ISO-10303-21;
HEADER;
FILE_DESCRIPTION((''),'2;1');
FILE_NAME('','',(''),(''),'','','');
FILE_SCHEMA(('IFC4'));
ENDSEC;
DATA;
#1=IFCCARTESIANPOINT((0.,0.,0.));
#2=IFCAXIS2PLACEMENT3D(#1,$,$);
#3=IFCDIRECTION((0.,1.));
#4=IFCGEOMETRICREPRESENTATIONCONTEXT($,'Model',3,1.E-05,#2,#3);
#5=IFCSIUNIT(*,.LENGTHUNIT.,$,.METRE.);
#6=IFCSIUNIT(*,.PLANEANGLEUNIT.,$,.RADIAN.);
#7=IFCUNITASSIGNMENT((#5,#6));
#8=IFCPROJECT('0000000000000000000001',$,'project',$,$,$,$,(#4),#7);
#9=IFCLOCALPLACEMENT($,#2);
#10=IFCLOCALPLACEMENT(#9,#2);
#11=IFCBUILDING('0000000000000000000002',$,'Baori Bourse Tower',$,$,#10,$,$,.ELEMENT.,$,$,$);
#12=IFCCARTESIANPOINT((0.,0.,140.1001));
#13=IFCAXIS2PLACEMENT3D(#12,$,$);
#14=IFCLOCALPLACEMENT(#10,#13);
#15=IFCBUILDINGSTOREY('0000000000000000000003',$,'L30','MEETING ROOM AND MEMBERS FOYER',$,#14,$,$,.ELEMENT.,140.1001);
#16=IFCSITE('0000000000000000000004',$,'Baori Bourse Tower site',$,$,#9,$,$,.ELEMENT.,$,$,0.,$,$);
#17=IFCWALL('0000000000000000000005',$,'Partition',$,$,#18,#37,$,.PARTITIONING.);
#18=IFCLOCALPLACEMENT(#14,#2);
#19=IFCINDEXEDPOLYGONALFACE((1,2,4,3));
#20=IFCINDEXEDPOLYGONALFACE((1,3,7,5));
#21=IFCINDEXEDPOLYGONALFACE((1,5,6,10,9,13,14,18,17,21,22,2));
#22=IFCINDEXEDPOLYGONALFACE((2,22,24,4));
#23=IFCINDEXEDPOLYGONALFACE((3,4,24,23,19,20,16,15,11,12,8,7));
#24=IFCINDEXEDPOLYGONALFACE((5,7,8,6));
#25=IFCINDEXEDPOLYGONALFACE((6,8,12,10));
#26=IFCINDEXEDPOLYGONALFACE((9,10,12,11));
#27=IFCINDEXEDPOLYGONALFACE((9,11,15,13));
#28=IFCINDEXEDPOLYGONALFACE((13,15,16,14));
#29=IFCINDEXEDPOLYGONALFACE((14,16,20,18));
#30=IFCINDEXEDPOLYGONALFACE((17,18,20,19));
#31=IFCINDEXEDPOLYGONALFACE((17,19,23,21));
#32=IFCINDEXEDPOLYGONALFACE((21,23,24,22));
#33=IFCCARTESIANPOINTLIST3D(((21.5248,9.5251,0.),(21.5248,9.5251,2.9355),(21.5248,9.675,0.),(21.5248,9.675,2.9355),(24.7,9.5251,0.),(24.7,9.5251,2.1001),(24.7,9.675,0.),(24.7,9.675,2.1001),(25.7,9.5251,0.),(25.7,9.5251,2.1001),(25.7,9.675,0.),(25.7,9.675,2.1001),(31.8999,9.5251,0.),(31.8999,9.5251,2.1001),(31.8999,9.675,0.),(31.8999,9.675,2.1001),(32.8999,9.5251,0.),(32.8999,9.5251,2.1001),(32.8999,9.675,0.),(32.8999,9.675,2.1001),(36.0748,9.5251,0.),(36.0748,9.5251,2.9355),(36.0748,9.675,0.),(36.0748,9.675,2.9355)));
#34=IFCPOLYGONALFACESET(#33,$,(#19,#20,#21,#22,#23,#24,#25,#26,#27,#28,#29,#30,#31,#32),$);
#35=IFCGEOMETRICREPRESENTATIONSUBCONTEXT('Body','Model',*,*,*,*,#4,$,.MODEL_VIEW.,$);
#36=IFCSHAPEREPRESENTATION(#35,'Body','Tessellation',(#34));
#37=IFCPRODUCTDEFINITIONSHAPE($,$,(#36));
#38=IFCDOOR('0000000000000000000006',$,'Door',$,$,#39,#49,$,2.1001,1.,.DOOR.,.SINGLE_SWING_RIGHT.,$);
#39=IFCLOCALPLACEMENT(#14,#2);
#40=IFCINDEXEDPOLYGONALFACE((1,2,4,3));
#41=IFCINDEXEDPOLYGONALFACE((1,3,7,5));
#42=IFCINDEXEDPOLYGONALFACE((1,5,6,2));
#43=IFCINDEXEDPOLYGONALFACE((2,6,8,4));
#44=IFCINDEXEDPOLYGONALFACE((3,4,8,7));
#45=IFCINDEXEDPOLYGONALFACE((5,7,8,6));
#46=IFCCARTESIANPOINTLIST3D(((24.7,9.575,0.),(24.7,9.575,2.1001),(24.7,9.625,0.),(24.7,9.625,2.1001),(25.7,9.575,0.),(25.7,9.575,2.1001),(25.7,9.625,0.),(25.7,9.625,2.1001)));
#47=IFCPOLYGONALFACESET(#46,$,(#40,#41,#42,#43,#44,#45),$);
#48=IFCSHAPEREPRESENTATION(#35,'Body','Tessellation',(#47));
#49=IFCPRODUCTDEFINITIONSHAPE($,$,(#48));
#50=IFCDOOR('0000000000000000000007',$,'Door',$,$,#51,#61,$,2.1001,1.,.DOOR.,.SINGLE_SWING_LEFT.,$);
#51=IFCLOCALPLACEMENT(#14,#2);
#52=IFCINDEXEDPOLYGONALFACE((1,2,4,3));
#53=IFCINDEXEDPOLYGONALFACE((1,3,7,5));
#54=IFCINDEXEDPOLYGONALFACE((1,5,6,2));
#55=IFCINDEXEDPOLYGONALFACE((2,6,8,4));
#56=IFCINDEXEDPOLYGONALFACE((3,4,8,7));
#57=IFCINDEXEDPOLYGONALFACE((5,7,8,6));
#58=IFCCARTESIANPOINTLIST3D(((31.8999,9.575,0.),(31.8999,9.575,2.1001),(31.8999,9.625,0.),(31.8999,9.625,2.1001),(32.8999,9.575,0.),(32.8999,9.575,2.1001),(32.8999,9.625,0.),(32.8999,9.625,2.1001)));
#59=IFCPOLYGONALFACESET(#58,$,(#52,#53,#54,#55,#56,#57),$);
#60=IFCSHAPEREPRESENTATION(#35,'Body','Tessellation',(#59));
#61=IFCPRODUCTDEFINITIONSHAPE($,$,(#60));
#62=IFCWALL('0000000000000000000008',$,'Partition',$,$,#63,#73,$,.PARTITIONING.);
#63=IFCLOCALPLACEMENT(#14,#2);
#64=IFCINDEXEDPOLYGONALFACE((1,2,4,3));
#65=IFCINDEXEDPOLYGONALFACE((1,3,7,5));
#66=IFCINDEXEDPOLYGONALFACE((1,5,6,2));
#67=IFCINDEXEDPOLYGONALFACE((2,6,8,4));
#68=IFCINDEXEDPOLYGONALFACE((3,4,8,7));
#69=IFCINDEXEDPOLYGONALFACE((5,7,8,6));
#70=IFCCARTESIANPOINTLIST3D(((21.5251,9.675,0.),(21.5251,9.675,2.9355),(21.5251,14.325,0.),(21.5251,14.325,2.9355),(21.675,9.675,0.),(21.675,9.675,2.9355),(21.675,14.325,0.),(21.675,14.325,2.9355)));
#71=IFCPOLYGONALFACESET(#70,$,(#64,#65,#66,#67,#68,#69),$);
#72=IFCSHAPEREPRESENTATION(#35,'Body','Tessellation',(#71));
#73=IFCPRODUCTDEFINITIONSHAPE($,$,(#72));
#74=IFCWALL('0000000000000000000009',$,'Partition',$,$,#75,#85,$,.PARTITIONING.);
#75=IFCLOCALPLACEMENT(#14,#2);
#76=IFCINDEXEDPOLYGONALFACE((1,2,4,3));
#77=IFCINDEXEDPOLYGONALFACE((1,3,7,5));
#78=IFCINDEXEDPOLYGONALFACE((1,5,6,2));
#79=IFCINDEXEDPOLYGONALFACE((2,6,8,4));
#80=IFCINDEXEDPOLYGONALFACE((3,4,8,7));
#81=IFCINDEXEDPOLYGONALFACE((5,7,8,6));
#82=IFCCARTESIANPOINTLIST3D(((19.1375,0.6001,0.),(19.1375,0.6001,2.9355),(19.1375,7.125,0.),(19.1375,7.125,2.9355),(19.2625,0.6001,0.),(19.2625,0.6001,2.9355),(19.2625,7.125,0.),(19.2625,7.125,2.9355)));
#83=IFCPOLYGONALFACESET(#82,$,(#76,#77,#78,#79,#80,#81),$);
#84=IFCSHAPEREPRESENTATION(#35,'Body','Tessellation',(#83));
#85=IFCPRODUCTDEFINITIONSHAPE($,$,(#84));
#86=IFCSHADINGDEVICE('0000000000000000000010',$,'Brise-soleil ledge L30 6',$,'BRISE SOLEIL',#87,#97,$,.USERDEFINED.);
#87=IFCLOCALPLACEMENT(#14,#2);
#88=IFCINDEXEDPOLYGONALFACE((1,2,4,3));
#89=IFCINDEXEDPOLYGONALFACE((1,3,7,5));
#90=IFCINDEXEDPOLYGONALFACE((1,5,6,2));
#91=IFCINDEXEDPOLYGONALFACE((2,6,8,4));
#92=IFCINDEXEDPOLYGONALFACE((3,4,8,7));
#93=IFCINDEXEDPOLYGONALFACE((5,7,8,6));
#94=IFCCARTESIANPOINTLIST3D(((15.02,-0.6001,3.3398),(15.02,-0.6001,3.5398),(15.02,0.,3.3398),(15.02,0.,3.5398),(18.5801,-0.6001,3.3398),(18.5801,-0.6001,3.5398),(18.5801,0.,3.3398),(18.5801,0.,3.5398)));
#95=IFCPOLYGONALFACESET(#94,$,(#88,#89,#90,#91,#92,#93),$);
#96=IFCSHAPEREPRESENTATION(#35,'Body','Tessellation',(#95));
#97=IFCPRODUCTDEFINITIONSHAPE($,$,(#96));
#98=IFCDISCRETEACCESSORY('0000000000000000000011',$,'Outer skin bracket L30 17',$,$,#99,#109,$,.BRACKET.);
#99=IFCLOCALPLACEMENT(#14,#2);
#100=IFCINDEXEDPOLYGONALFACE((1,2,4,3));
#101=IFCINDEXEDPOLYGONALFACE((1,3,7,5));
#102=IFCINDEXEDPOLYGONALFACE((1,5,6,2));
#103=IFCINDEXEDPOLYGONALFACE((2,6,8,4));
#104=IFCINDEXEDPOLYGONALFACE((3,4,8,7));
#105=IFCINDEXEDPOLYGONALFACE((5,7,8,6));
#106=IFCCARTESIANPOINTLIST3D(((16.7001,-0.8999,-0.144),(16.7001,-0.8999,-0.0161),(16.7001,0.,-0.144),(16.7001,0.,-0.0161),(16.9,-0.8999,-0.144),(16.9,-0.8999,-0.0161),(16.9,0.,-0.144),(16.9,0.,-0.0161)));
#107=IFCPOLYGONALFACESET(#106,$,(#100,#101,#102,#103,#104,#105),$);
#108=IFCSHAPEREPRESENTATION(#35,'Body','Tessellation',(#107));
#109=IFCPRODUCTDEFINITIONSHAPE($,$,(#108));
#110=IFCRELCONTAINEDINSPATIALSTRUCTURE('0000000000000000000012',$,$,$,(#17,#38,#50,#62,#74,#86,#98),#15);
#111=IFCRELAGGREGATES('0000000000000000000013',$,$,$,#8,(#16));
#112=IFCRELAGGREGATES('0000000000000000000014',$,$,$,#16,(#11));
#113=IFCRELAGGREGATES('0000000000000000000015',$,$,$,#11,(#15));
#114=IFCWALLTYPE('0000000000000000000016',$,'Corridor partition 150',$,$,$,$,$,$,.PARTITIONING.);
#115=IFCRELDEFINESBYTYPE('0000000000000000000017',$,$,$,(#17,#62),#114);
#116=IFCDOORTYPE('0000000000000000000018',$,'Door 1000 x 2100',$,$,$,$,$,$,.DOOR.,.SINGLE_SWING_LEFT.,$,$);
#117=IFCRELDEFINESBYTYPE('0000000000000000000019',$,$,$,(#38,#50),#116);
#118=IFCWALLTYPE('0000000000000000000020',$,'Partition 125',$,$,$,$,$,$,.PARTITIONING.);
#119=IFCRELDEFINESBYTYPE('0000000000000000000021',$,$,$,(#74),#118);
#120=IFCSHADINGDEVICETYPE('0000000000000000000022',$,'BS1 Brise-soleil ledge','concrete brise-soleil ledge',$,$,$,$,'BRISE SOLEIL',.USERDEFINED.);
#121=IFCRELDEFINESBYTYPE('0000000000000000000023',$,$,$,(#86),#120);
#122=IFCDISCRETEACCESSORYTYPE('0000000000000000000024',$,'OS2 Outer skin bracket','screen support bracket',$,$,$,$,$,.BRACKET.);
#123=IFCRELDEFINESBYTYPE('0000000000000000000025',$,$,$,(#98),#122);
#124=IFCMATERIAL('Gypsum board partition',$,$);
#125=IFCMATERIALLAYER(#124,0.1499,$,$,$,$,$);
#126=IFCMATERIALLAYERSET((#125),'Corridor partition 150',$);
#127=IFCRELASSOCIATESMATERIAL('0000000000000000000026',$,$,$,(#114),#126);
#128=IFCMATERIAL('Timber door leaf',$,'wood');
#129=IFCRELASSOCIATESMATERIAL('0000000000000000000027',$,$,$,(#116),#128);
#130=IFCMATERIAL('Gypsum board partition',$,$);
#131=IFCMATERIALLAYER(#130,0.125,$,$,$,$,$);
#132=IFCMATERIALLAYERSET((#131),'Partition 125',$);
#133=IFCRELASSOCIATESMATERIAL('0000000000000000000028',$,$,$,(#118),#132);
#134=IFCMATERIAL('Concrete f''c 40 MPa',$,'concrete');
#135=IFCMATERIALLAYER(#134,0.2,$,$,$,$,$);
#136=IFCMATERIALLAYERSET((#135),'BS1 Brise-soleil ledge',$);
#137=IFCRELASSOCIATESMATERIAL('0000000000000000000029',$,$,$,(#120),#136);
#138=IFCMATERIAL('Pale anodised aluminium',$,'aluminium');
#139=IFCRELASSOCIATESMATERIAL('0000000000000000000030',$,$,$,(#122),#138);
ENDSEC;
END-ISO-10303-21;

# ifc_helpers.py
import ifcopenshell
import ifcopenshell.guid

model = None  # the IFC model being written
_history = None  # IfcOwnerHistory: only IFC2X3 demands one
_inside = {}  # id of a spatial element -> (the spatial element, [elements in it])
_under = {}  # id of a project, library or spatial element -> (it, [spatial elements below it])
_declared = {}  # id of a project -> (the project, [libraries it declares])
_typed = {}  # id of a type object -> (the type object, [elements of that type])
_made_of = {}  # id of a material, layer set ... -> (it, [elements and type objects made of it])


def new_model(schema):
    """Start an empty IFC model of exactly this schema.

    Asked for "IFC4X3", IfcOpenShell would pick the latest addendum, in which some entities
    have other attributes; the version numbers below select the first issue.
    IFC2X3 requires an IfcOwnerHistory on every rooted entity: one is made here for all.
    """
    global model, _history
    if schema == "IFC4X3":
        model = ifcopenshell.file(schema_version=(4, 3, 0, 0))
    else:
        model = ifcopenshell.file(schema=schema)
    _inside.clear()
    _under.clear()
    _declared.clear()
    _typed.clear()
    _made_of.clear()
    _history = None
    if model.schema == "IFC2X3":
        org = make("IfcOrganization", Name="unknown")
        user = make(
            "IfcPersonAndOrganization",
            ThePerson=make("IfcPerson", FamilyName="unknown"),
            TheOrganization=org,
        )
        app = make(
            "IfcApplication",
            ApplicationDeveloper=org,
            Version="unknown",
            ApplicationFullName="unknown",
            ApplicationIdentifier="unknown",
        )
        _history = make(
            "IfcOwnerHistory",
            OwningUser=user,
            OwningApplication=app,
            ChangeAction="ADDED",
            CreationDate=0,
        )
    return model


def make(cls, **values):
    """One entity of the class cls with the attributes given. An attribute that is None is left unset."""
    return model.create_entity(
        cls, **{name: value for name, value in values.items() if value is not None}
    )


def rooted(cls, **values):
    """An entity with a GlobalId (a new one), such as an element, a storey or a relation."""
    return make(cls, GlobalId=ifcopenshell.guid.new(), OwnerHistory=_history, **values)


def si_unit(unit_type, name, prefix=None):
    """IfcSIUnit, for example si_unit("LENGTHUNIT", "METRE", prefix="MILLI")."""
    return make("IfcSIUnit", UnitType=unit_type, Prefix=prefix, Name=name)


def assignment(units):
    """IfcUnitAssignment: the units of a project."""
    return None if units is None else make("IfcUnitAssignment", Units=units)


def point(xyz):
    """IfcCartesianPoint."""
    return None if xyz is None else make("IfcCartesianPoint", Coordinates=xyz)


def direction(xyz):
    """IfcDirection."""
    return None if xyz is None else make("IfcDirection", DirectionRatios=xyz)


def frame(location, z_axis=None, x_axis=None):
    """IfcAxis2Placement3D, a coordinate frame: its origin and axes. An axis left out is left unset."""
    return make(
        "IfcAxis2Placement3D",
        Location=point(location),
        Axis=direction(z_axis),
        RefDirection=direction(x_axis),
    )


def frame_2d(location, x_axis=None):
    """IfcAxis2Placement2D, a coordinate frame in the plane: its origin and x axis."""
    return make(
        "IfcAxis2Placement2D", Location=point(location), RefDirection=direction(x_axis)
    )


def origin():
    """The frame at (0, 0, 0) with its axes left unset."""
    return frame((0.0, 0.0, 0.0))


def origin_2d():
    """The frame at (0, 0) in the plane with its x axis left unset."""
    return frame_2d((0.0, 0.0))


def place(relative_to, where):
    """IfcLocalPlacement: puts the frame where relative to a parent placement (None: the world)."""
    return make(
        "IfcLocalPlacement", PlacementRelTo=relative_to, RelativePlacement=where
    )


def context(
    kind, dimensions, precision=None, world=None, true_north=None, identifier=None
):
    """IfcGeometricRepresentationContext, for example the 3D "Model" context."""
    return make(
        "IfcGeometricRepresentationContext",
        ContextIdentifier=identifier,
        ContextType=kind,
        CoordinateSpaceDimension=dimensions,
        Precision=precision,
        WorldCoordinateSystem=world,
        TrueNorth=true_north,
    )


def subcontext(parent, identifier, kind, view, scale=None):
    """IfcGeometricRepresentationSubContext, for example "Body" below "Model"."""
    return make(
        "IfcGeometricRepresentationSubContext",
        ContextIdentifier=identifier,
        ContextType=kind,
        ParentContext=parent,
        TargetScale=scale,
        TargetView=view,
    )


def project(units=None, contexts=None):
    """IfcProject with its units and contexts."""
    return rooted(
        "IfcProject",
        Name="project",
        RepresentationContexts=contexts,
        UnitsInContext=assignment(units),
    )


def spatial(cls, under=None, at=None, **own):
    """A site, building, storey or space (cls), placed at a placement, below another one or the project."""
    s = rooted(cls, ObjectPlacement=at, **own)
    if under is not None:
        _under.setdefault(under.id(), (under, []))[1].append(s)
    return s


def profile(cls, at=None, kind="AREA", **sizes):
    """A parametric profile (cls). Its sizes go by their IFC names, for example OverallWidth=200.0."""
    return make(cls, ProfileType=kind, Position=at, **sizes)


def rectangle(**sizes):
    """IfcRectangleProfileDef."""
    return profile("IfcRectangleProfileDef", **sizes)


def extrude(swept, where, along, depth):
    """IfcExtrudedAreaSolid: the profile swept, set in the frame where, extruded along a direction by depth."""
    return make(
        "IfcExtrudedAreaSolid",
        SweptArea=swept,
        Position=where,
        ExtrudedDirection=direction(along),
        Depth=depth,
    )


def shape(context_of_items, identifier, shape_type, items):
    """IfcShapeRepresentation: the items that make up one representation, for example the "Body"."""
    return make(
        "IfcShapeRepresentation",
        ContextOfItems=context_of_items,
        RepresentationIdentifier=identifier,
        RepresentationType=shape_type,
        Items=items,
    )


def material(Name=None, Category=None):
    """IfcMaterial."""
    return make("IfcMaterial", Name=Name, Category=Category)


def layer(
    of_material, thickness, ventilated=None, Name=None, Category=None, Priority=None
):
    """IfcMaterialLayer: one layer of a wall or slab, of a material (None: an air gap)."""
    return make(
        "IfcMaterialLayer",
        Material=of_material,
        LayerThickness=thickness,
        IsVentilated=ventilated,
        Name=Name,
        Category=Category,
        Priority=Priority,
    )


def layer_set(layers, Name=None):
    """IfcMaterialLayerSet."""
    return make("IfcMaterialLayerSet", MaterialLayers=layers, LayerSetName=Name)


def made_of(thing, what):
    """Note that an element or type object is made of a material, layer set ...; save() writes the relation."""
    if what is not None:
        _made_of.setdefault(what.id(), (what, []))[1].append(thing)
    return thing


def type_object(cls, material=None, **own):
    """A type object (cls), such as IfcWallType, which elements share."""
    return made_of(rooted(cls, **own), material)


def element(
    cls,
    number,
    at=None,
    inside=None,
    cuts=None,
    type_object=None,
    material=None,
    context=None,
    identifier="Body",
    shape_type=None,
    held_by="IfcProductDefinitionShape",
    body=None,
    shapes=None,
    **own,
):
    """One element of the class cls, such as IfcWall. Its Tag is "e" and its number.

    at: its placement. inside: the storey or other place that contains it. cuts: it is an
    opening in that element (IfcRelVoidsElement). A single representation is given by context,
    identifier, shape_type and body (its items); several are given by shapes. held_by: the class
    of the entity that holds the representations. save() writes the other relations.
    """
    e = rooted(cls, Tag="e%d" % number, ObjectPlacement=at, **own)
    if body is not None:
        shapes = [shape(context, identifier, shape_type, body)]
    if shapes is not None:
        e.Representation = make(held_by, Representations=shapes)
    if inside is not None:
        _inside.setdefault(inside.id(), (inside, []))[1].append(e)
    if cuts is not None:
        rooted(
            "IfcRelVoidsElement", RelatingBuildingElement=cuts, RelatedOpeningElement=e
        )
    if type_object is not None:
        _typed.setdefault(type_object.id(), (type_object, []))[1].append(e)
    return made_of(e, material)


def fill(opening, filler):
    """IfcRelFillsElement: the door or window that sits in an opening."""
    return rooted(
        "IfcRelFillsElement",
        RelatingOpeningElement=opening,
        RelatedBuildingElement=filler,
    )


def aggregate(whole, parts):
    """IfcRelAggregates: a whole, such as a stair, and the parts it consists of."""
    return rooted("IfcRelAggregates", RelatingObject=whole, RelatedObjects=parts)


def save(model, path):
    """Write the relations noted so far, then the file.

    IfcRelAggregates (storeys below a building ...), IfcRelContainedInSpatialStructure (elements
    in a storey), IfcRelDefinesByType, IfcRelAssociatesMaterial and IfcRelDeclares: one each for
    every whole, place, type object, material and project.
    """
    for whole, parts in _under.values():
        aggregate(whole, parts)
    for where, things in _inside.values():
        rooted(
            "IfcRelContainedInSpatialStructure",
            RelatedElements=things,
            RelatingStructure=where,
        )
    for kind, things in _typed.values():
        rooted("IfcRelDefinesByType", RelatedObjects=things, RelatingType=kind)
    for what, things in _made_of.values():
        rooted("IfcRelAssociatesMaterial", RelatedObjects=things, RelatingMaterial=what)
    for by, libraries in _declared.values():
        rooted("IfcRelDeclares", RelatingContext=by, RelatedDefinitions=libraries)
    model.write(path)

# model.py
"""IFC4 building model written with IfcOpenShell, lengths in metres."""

from ifc_helpers import new_model, si_unit, direction, frame, frame_2d, origin, origin_2d, place, context, subcontext, project, spatial, rectangle, extrude, material, layer, layer_set, type_object, element, fill, save


model = new_model("IFC4")

# Units and contexts
model_context = context("Model", 3, precision=1e-05, world=origin(), true_north=direction((0.0, 1.0)))
body_context = subcontext(model_context, "Body", "Model", "MODEL_VIEW")
ifc_project = project(units=[si_unit("LENGTHUNIT", "METRE"), si_unit("PLANEANGLEUNIT", "RADIAN")], contexts=[model_context])

# Site, building, storey
site_placement = place(None, origin())
site = spatial("IfcSite", under=ifc_project, at=site_placement, Name="Baori Bourse Tower site", CompositionType="ELEMENT", RefElevation=0.0)
building_placement = place(site_placement, origin())
building = spatial("IfcBuilding", under=site, at=building_placement, Name="Baori Bourse Tower", CompositionType="ELEMENT")
storey_placement = place(building_placement, frame((0.0, 0.0, 140.1001)))
storey = spatial("IfcBuildingStorey", under=building, at=storey_placement, Name="L30", Description="MEETING ROOM AND MEMBERS FOYER", CompositionType="ELEMENT", Elevation=140.1001)

# Wall, openings, doors
ifc_material_1 = material(Name="Gypsum board partition")
ifc_layer_1 = layer(ifc_material_1, 0.1499)
ifc_layer_set_1 = layer_set([ifc_layer_1], Name="Corridor partition 150")
wall_type_1 = type_object("IfcWallType", Name="Corridor partition 150", PredefinedType="PARTITIONING", material=ifc_layer_set_1)
wall_1_placement = place(storey_placement, frame((21.5249, 9.6001, 0.0), z_axis=(0.0, 0.0, 1.0), x_axis=(1.0, 0.0, 0.0)))
wall_1 = element("IfcWall", 1, at=wall_1_placement, inside=storey, type_object=wall_type_1, Name="Partition", PredefinedType="PARTITIONING", context=body_context, shape_type="SweptSolid", body=[
    extrude(rectangle(XDim=14.55, YDim=0.1499, at=frame_2d((7.2749, 0.0))), origin(), (0.0, 0.0, 1.0), 2.9355),
])
opening_1_placement = place(wall_1_placement, frame((3.175, 0.0, 0.0)))
opening_1 = element("IfcOpeningElement", 2, at=opening_1_placement, cuts=wall_1, PredefinedType="OPENING", context=body_context, shape_type="SweptSolid", body=[
    extrude(rectangle(XDim=1.0, YDim=2.1001, at=frame_2d((0.5, 1.05))), frame((0.0, 0.085, 0.0), z_axis=(0.0, -1.0, 0.0), x_axis=(1.0, 0.0, 0.0)), (0.0, 0.0, 1.0), 0.1699),
])
opening_2_placement = place(wall_1_placement, frame((10.375, 0.0, 0.0)))
opening_2 = element("IfcOpeningElement", 3, at=opening_2_placement, cuts=wall_1, PredefinedType="OPENING", context=body_context, shape_type="SweptSolid", body=[
    extrude(rectangle(XDim=1.0, YDim=2.1001, at=frame_2d((0.5, 1.05))), frame((0.0, 0.085, 0.0), z_axis=(0.0, -1.0, 0.0), x_axis=(1.0, 0.0, 0.0)), (0.0, 0.0, 1.0), 0.1699),
])
ifc_material_2 = material(Name="Timber door leaf", Category="wood")
door_type_1 = type_object("IfcDoorType", Name="Door 1000 x 2100", OperationType="SINGLE_SWING_LEFT", PredefinedType="DOOR", material=ifc_material_2)
door_1_placement = place(opening_1_placement, origin())
door_1 = element("IfcDoor", 4, at=door_1_placement, inside=storey, type_object=door_type_1, Name="Door", OperationType="SINGLE_SWING_RIGHT", OverallHeight=2.1001, OverallWidth=1.0, PredefinedType="DOOR", context=body_context, shape_type="SweptSolid", body=[
    extrude(rectangle(XDim=1.0, YDim=2.1001, at=frame_2d((0.5, 1.05))), frame((0.0, 0.0249, 0.0), z_axis=(0.0, -1.0, 0.0), x_axis=(1.0, 0.0, 0.0)), (0.0, 0.0, 1.0), 0.05),
])
fill(opening_1, door_1)
door_2_placement = place(opening_2_placement, origin())
door_2 = element("IfcDoor", 5, at=door_2_placement, inside=storey, type_object=door_type_1, Name="Door", OperationType="SINGLE_SWING_LEFT", OverallHeight=2.1001, OverallWidth=1.0, PredefinedType="DOOR", context=body_context, shape_type="SweptSolid", body=[
    extrude(rectangle(XDim=1.0, YDim=2.1001, at=frame_2d((0.5, 1.05))), frame((0.0, 0.0249, 0.0), z_axis=(0.0, -1.0, 0.0), x_axis=(1.0, 0.0, 0.0)), (0.0, 0.0, 1.0), 0.05),
])
fill(opening_2, door_2)

# Walls
wall_2_placement = place(storey_placement, frame((21.6001, 9.675, 0.0), z_axis=(0.0, 0.0, 1.0), x_axis=(0.0, 1.0, 0.0)))
element("IfcWall", 6, at=wall_2_placement, inside=storey, type_object=wall_type_1, Name="Partition", PredefinedType="PARTITIONING", context=body_context, shape_type="SweptSolid", body=[
    extrude(rectangle(XDim=4.6499, YDim=0.1499, at=frame_2d((2.325, 0.0))), origin(), (0.0, 0.0, 1.0), 2.9355),
])
ifc_material_3 = material(Name="Gypsum board partition")
ifc_layer_2 = layer(ifc_material_3, 0.125)
ifc_layer_set_2 = layer_set([ifc_layer_2], Name="Partition 125")
wall_type_2 = type_object("IfcWallType", Name="Partition 125", PredefinedType="PARTITIONING", material=ifc_layer_set_2)
wall_3_placement = place(storey_placement, frame((19.2, 0.6001, 0.0), z_axis=(0.0, 0.0, 1.0), x_axis=(0.0, 1.0, 0.0)))
element("IfcWall", 7, at=wall_3_placement, inside=storey, type_object=wall_type_2, Name="Partition", PredefinedType="PARTITIONING", context=body_context, shape_type="SweptSolid", body=[
    extrude(rectangle(XDim=6.5249, YDim=0.125, at=frame_2d((3.2625, 0.0))), origin(), (0.0, 0.0, 1.0), 2.9355),
])

# Shading device
ifc_material_4 = material(Name="Concrete f'c 40 MPa", Category="concrete")
ifc_layer_3 = layer(ifc_material_4, 0.2)
ifc_layer_set_3 = layer_set([ifc_layer_3], Name="BS1 Brise-soleil ledge")
shading_device_type = type_object("IfcShadingDeviceType", Name="BS1 Brise-soleil ledge", Description="concrete brise-soleil ledge", ElementType="BRISE SOLEIL", PredefinedType="USERDEFINED", material=ifc_layer_set_3)
shading_device_placement = place(storey_placement, frame((16.8, -0.3, 3.3398), z_axis=(0.0, 0.0, 1.0), x_axis=(1.0, 0.0, 0.0)))
element("IfcShadingDevice", 8, at=shading_device_placement, inside=storey, type_object=shading_device_type, Name="Brise-soleil ledge L30 6", ObjectType="BRISE SOLEIL", PredefinedType="USERDEFINED", context=body_context, shape_type="SweptSolid", body=[
    extrude(rectangle(XDim=3.5601, YDim=0.6001, at=origin_2d()), origin(), (0.0, 0.0, 1.0), 0.2),
])

# Discrete accessory
ifc_material_5 = material(Name="Pale anodised aluminium", Category="aluminium")
discrete_accessory_type = type_object("IfcDiscreteAccessoryType", Name="OS2 Outer skin bracket", Description="screen support bracket", PredefinedType="BRACKET", material=ifc_material_5)
discrete_accessory_placement = place(storey_placement, frame((16.8, -0.45, -0.144), z_axis=(0.0, 0.0, 1.0), x_axis=(1.0, 0.0, 0.0)))
element("IfcDiscreteAccessory", 9, at=discrete_accessory_placement, inside=storey, type_object=discrete_accessory_type, Name="Outer skin bracket L30 17", PredefinedType="BRACKET", context=body_context, shape_type="SweptSolid", body=[
    extrude(rectangle(XDim=0.2, YDim=0.8999, at=origin_2d()), origin(), (0.0, 0.0, 1.0), 0.1279),
])

save(model, "model.ifc")
